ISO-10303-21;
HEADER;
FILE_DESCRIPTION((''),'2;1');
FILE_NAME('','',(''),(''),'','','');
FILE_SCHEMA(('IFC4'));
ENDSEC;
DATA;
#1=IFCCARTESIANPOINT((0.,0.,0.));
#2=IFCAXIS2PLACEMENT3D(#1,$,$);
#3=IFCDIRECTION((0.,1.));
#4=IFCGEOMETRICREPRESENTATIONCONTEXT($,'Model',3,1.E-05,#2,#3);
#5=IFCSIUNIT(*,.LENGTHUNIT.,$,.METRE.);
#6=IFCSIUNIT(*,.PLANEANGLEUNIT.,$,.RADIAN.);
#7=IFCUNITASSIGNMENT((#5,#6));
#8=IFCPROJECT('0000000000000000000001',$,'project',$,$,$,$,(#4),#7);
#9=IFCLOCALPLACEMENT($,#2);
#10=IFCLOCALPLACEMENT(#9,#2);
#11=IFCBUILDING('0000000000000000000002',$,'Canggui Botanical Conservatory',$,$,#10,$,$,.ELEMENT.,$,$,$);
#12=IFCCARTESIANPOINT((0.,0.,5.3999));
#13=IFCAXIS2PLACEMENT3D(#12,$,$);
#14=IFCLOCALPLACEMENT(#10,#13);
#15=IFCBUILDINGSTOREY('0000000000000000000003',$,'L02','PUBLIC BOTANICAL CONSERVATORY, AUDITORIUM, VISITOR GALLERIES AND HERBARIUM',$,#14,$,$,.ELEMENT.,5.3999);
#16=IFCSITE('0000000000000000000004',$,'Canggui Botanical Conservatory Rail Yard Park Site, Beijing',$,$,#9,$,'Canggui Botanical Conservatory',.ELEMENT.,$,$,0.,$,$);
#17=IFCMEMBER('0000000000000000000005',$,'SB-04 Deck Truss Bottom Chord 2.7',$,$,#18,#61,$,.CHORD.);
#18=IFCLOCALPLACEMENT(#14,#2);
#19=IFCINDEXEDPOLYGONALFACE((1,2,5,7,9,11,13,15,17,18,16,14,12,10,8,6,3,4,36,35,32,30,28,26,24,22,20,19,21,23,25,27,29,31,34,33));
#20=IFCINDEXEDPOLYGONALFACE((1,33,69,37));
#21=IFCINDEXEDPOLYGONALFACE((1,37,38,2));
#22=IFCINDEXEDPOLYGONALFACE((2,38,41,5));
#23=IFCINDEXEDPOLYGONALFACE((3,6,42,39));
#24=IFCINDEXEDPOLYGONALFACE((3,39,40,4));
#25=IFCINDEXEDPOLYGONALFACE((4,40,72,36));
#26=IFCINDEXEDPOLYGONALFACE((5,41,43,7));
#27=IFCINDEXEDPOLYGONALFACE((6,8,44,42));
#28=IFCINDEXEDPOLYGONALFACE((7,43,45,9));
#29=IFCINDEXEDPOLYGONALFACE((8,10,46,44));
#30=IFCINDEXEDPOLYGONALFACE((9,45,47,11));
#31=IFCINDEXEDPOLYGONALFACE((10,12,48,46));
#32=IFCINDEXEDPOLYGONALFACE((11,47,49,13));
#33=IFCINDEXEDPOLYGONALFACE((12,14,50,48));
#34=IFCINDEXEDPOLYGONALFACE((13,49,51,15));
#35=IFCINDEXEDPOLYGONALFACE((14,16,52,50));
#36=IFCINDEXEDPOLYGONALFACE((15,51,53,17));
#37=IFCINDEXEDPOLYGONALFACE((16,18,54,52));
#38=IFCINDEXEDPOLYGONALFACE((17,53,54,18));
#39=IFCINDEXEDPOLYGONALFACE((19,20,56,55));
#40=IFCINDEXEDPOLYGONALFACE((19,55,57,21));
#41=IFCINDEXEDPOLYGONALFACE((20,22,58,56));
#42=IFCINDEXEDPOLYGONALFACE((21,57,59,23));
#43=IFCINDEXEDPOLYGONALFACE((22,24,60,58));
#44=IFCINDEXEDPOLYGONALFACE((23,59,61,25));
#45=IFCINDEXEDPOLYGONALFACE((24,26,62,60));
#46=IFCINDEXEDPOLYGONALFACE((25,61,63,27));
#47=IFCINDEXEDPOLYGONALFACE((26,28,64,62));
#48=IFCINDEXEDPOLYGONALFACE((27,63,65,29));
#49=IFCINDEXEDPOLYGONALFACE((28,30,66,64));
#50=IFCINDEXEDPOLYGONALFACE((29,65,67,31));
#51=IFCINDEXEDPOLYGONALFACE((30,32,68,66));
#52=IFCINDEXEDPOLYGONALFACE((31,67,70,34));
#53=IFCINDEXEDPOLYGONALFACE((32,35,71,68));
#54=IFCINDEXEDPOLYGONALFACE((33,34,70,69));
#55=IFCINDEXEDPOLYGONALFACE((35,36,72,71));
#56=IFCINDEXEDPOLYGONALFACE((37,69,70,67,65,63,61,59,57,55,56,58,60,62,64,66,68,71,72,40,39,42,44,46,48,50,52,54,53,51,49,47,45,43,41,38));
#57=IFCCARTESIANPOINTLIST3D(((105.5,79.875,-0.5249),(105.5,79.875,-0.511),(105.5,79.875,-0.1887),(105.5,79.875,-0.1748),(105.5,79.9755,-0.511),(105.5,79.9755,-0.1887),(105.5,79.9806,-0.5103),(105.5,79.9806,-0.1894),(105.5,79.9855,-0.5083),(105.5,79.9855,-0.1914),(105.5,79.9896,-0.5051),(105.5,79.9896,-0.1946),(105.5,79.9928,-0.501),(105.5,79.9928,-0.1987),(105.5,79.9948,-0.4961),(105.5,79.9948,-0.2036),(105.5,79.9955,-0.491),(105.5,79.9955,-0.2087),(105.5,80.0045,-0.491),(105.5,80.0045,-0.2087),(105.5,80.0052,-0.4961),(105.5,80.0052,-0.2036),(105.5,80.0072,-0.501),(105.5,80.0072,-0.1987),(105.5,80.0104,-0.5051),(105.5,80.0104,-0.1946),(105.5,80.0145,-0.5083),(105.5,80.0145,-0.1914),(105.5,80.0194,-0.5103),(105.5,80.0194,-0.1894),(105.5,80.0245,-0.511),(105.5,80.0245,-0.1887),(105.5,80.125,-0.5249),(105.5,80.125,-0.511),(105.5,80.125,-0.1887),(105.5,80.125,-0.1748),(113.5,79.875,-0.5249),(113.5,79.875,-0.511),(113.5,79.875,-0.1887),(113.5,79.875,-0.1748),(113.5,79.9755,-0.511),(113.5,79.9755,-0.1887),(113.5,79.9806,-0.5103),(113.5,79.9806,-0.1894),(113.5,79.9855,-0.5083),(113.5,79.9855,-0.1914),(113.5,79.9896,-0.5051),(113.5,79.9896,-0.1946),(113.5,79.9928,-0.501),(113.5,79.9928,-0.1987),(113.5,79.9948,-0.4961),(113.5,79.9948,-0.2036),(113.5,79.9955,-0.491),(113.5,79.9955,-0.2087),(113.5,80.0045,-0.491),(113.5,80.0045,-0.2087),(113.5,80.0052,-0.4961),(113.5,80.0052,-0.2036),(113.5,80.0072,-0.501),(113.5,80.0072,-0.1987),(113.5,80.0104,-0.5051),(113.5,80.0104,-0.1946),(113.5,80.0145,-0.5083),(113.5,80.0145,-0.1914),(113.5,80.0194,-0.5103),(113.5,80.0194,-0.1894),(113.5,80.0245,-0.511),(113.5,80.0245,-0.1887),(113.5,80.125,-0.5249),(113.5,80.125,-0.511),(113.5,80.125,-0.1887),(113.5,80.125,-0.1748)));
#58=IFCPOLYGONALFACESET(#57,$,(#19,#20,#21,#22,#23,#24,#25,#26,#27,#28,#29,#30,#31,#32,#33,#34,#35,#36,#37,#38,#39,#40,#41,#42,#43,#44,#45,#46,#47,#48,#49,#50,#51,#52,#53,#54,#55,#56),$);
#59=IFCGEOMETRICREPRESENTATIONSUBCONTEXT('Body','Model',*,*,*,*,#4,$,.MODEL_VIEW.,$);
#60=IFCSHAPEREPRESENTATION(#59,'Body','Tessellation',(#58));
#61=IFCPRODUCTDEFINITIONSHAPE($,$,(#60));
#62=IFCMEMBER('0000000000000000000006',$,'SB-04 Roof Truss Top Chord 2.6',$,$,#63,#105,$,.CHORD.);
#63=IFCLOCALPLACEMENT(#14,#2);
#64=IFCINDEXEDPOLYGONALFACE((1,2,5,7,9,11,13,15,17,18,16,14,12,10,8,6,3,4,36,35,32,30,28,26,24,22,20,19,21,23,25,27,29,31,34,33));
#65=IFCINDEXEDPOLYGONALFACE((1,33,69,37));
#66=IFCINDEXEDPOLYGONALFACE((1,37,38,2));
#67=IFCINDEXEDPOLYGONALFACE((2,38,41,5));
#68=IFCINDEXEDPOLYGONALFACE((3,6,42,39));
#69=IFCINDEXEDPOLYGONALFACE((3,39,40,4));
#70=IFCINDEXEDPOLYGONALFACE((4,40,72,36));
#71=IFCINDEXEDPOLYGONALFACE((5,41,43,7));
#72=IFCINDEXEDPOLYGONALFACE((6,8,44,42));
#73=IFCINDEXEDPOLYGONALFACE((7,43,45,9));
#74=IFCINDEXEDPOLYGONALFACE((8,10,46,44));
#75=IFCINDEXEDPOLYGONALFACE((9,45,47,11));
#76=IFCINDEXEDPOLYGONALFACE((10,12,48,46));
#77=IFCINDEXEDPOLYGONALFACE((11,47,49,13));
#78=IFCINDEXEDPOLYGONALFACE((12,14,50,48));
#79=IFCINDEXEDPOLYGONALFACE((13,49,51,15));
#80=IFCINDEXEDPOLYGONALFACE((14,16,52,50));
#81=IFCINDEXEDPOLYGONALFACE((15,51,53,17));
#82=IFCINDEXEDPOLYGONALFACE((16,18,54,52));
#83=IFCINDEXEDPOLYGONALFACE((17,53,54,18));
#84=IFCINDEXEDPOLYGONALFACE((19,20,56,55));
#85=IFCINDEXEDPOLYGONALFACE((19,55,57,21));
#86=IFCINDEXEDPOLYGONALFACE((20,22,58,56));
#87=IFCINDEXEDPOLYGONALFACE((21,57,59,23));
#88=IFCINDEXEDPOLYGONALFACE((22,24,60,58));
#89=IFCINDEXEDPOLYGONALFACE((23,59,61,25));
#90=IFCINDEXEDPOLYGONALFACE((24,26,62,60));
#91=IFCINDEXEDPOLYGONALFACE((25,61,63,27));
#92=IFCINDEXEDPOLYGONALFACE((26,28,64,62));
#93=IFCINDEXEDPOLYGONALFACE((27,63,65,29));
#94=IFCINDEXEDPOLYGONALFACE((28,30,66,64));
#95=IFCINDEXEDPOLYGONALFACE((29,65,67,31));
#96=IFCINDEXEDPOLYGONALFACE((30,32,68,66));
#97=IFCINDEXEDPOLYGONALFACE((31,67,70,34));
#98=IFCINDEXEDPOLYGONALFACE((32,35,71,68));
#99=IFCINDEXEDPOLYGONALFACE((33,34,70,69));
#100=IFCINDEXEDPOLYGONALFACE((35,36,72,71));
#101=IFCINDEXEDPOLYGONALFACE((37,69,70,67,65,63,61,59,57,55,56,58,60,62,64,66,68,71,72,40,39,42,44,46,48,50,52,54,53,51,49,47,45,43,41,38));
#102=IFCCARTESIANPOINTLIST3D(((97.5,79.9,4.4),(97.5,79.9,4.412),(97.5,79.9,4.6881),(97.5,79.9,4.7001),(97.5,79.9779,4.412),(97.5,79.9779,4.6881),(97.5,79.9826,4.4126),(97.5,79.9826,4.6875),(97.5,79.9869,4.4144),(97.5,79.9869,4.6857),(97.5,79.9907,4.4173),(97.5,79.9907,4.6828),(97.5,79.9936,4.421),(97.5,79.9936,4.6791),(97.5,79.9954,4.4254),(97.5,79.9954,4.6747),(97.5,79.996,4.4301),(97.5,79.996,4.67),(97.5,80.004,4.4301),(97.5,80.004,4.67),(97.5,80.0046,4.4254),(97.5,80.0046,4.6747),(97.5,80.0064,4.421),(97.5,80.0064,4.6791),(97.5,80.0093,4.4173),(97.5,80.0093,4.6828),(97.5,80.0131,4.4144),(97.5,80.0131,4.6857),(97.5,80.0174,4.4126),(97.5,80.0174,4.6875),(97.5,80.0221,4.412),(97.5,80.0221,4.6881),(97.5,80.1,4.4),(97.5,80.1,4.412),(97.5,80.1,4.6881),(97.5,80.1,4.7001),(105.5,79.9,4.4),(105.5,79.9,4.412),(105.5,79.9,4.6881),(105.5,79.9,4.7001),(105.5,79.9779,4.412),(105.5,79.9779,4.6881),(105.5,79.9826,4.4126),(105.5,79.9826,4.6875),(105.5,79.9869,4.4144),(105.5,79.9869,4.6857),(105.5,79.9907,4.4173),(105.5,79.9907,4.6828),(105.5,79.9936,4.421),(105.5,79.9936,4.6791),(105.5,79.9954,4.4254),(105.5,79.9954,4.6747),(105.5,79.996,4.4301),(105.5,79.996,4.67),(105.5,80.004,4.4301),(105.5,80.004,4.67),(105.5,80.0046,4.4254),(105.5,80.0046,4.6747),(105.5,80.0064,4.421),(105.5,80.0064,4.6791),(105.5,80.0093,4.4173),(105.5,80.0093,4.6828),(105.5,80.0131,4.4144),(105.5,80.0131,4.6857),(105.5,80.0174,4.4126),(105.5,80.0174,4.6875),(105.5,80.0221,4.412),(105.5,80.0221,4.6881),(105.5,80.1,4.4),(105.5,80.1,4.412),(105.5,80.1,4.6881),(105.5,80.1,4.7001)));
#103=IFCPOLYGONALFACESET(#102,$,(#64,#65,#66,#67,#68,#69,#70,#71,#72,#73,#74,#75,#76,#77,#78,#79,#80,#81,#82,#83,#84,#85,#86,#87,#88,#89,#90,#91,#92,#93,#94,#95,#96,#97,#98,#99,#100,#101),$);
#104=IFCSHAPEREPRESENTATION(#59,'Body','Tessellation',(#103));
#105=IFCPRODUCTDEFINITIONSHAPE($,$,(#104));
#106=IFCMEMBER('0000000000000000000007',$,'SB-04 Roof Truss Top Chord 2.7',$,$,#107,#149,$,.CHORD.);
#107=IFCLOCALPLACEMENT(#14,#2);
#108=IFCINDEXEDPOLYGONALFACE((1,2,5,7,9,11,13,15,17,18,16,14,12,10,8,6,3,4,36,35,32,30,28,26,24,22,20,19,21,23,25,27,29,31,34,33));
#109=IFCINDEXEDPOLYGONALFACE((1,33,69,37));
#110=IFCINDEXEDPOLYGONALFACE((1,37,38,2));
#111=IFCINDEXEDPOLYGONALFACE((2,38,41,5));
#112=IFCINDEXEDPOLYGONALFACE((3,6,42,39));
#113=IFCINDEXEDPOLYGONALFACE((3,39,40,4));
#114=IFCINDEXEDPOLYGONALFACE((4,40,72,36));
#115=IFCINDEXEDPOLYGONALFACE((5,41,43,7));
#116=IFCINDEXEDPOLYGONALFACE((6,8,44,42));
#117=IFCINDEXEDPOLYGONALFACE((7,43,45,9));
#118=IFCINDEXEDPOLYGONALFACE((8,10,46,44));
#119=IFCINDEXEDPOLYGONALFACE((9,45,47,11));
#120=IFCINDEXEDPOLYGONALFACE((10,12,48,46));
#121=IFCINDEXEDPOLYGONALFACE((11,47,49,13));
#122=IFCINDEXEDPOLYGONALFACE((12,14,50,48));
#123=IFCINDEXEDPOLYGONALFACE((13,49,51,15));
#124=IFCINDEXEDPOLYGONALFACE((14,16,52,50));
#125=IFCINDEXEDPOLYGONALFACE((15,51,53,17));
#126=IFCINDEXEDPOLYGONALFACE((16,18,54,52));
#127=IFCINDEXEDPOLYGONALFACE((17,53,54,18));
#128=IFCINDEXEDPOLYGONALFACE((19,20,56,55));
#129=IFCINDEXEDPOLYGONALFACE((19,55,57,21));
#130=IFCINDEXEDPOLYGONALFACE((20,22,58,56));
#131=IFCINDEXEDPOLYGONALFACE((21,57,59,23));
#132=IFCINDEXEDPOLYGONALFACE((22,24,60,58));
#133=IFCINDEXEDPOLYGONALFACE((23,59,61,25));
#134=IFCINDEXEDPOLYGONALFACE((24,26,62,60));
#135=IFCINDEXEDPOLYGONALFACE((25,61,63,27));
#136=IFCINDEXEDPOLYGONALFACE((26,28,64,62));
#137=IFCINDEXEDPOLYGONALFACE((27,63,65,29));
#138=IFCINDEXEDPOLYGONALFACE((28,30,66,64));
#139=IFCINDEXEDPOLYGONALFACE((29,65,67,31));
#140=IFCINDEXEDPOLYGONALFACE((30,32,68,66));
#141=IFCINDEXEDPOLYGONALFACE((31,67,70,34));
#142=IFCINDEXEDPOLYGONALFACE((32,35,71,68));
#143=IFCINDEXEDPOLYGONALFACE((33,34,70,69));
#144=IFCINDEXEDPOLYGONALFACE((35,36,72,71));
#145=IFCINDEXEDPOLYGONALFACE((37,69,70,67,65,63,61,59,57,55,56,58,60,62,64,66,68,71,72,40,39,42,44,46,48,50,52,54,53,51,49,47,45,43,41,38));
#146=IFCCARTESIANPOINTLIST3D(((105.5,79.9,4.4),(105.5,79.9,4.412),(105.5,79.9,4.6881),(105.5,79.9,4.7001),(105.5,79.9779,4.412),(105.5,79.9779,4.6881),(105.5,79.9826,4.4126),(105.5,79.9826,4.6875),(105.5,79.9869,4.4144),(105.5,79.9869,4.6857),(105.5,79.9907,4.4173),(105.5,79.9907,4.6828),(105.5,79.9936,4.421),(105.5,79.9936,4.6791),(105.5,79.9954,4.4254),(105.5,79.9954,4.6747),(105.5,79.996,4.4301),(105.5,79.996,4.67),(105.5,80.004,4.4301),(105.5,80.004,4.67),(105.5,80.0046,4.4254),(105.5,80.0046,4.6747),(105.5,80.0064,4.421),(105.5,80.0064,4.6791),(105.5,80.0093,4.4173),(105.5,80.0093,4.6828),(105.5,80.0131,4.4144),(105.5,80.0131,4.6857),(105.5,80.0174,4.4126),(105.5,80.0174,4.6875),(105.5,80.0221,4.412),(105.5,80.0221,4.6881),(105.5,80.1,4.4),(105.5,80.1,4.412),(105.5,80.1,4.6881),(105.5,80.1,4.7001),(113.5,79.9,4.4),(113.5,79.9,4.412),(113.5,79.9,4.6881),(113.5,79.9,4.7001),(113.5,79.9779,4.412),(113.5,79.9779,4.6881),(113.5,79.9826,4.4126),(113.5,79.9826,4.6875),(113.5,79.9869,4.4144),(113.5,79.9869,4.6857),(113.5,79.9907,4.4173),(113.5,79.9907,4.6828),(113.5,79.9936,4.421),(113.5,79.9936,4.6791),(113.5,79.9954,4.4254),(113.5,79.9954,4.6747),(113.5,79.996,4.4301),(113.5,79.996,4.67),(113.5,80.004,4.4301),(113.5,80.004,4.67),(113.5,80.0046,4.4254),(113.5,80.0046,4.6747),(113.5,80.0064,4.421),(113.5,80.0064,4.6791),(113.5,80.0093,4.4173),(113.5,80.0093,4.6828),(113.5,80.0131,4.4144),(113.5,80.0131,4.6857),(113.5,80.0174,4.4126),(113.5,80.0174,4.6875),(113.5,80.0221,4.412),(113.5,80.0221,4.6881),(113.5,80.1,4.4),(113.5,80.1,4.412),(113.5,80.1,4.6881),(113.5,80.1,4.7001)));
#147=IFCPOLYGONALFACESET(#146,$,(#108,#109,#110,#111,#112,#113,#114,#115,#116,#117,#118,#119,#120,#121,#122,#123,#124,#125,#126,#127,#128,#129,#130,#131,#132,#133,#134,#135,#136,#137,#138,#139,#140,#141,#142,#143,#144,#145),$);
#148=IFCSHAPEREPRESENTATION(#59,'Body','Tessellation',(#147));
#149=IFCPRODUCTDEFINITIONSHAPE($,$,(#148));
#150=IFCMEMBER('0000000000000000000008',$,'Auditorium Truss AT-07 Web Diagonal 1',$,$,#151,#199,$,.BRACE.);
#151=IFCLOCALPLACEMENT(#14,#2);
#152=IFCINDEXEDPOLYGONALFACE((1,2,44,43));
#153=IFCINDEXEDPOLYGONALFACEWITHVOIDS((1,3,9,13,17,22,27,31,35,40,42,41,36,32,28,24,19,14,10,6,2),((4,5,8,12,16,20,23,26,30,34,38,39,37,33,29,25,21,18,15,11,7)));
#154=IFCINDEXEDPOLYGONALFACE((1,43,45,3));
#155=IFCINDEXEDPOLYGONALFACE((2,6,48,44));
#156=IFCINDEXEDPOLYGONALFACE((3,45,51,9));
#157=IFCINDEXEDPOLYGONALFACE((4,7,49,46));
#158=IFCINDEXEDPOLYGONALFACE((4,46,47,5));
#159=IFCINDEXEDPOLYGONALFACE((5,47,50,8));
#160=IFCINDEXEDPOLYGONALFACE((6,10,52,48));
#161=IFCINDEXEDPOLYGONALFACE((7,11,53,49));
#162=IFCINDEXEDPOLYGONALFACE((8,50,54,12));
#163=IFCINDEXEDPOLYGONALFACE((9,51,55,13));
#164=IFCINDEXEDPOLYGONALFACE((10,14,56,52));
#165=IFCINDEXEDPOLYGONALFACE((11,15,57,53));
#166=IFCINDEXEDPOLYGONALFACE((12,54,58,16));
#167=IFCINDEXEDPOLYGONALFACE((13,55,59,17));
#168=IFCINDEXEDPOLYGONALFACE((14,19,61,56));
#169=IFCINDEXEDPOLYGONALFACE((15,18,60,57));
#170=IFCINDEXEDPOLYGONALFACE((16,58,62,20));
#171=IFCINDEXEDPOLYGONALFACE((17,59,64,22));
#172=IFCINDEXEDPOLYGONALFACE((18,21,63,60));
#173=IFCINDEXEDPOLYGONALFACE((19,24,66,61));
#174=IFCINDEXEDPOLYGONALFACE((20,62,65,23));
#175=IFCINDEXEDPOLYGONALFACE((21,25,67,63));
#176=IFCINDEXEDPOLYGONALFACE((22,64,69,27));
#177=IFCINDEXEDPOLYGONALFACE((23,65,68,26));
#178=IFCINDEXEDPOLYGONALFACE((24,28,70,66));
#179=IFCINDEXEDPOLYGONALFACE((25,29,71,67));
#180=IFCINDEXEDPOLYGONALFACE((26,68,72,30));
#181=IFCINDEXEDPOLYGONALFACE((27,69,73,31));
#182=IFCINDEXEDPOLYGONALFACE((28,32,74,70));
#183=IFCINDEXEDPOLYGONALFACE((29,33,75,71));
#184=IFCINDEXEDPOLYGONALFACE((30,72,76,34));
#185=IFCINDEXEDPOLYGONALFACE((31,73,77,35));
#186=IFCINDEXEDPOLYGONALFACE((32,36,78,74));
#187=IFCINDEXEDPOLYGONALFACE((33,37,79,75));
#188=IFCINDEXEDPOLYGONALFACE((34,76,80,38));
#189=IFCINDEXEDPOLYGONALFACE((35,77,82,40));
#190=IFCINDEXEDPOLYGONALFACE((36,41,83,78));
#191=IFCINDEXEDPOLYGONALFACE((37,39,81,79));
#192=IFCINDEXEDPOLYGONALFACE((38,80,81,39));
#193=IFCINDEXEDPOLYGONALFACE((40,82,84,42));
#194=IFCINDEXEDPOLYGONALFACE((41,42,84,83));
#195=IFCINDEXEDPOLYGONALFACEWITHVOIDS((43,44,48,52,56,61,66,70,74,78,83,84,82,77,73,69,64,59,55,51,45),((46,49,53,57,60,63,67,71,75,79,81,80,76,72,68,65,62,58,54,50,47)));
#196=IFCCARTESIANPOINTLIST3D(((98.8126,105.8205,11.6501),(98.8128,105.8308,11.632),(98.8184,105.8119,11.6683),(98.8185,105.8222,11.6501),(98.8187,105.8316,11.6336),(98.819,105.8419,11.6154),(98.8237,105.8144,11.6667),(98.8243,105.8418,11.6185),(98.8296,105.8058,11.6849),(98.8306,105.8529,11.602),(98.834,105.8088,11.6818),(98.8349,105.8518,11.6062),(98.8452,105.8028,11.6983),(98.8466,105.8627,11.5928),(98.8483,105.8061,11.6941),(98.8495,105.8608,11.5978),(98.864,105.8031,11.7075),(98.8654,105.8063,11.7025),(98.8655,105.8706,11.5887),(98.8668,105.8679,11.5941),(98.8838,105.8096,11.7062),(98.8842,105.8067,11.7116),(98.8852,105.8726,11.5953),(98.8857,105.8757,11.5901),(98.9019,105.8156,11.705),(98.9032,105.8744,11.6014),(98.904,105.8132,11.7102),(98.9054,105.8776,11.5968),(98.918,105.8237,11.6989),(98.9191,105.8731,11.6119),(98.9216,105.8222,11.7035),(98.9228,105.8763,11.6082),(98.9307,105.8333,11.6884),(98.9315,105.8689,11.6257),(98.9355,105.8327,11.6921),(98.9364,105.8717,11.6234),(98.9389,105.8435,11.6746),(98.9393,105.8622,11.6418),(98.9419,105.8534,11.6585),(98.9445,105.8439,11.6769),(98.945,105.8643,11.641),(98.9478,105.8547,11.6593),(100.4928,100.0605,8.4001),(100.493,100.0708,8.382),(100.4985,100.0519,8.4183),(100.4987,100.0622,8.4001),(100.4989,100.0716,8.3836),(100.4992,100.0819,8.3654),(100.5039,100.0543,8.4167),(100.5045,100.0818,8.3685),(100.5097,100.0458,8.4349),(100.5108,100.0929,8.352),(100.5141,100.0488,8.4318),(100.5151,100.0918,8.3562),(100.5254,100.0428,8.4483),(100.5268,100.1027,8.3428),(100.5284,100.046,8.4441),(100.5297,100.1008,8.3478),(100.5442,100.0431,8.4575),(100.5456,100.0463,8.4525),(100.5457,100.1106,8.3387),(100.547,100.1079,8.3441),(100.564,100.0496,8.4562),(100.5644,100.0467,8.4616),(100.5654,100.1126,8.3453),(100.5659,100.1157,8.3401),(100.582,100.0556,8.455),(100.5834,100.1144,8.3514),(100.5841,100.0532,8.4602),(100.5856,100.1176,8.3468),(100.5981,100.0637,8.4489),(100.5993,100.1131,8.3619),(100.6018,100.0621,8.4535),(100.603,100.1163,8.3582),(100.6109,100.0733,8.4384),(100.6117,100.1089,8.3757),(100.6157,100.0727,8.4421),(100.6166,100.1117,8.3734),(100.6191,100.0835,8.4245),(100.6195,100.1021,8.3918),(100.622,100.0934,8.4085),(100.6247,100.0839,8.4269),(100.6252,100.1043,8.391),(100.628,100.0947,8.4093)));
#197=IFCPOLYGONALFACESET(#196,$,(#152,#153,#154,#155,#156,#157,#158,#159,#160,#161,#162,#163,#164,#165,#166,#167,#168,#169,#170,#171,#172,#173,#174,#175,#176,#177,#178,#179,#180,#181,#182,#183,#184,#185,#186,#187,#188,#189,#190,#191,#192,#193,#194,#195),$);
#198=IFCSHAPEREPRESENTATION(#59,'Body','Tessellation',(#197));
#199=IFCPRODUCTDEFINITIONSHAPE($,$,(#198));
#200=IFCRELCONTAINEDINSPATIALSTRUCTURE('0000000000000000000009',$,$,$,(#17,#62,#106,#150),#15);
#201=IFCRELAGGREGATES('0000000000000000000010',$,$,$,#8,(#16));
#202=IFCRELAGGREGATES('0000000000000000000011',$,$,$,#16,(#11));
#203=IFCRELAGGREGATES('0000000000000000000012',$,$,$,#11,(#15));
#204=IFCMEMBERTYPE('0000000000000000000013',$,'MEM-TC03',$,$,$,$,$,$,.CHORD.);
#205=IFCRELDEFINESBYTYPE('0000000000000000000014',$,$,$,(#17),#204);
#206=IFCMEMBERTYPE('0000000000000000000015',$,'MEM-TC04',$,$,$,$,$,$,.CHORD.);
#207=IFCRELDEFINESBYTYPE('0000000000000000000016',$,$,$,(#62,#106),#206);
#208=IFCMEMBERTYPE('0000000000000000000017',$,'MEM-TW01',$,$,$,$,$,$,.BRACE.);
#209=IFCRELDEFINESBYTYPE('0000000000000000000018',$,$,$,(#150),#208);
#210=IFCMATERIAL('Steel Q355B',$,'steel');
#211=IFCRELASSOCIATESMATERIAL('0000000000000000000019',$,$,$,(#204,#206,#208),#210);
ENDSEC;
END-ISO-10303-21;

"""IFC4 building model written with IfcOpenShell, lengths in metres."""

from ifc_helpers import new_model, si_unit, direction, frame, origin, origin_2d, place, context, subcontext, project, spatial, hollow_circle, i_section, extrude, material, material_profile, profile_set, type_object, element, save


model = new_model("IFC4")

# Units and contexts
model_context = context("Model", 3, precision=1e-05, world=origin(), true_north=direction((0.0, 1.0)))
body_context = subcontext(model_context, "Body", "Model", "MODEL_VIEW")
ifc_project = project(units=[si_unit("LENGTHUNIT", "METRE"), si_unit("PLANEANGLEUNIT", "RADIAN")], contexts=[model_context])

# Site, building, storey
site_placement = place(None, origin())
site = spatial("IfcSite", under=ifc_project, at=site_placement, Name="Canggui Botanical Conservatory Rail Yard Park Site, Beijing", LongName="Canggui Botanical Conservatory", CompositionType="ELEMENT", RefElevation=0.0)
building_placement = place(site_placement, origin())
building = spatial("IfcBuilding", under=site, at=building_placement, Name="Canggui Botanical Conservatory", CompositionType="ELEMENT")
storey_placement = place(building_placement, frame((0.0, 0.0, 5.3999)))
storey = spatial("IfcBuildingStorey", under=building, at=storey_placement, Name="L02", Description="PUBLIC BOTANICAL CONSERVATORY, AUDITORIUM, VISITOR GALLERIES AND HERBARIUM", CompositionType="ELEMENT", Elevation=5.3999)

# Shared definitions
ifc_material_1 = material(Name="Steel Q355B", Category="steel")

# Members
ifc_material_profile_1 = material_profile(ifc_material_1, i_section(OverallWidth=0.25, OverallDepth=0.3501, WebThickness=0.009, FlangeThickness=0.0139, FilletRadius=0.02, at=origin_2d()), Name="HM 350x250x9x14")
ifc_profile_set_1 = profile_set([ifc_material_profile_1], Name="Steel Q355B")
member_type_1 = type_object("IfcMemberType", Name="MEM-TC03", PredefinedType="CHORD", material=ifc_profile_set_1)
member_1_placement = place(storey_placement, frame((105.5, 80.0, -0.3499), z_axis=(1.0, 0.0, 0.0), x_axis=(0.0, 1.0, 0.0)))
element("IfcMember", 1, at=member_1_placement, inside=storey, type_object=member_type_1, Name="SB-04 Deck Truss Bottom Chord 2.7", PredefinedType="CHORD", context=body_context, shape_type="SweptSolid", body=[
    extrude(i_section(OverallWidth=0.25, OverallDepth=0.3501, WebThickness=0.009, FlangeThickness=0.0139, FilletRadius=0.02, at=origin_2d()), origin(), (0.0, 0.0, 1.0), 8.0),
])
ifc_material_profile_2 = material_profile(ifc_material_1, i_section(OverallWidth=0.2, OverallDepth=0.3, WebThickness=0.0081, FlangeThickness=0.012, FilletRadius=0.0181, at=origin_2d()), Name="HM 300x200x8x12")
ifc_profile_set_2 = profile_set([ifc_material_profile_2], Name="Steel Q355B")
member_type_2 = type_object("IfcMemberType", Name="MEM-TC04", PredefinedType="CHORD", material=ifc_profile_set_2)
for number, where, z_axis, x_axis, name in (
    (2, (97.5, 80.0, 4.55), (1.0, 0.0, 0.0), (0.0, 1.0, 0.0), "SB-04 Roof Truss Top Chord 2.6"),
    (3, (105.5, 80.0, 4.55), (1.0, 0.0, 0.0), (0.0, 1.0, 0.0), "SB-04 Roof Truss Top Chord 2.7"),
):
    element("IfcMember", number, at=place(storey_placement, frame(where, z_axis=z_axis, x_axis=x_axis)), inside=storey, type_object=member_type_2, Name=name, PredefinedType="CHORD", context=body_context, shape_type="SweptSolid", body=[
        extrude(i_section(OverallWidth=0.2, OverallDepth=0.3, WebThickness=0.0081, FlangeThickness=0.012, FilletRadius=0.0181, at=origin_2d()), origin(), (0.0, 0.0, 1.0), 8.0),
    ])
ifc_material_profile_3 = material_profile(ifc_material_1, hollow_circle(Radius=0.0701, WallThickness=0.0061, at=origin_2d()), Name="CHS 140x6")
ifc_profile_set_3 = profile_set([ifc_material_profile_3], Name="Steel Q355B")
member_type_3 = type_object("IfcMemberType", Name="MEM-TW01", PredefinedType="BRACE", material=ifc_profile_set_3)
member_2_placement = place(storey_placement, frame((100.5601, 100.0801, 8.4001), z_axis=(-0.246226, 0.844115, 0.47628), x_axis=(-0.959992, -0.280027, 0.0)))
element("IfcMember", 4, at=member_2_placement, inside=storey, type_object=member_type_3, Name="Auditorium Truss AT-07 Web Diagonal 1", PredefinedType="BRACE", context=body_context, shape_type="SweptSolid", body=[
    extrude(hollow_circle(Radius=0.0701, WallThickness=0.0061, at=origin_2d()), origin(), (0.0, 0.0, 1.0), 6.8237),
])

save(model, "model.ifc")
